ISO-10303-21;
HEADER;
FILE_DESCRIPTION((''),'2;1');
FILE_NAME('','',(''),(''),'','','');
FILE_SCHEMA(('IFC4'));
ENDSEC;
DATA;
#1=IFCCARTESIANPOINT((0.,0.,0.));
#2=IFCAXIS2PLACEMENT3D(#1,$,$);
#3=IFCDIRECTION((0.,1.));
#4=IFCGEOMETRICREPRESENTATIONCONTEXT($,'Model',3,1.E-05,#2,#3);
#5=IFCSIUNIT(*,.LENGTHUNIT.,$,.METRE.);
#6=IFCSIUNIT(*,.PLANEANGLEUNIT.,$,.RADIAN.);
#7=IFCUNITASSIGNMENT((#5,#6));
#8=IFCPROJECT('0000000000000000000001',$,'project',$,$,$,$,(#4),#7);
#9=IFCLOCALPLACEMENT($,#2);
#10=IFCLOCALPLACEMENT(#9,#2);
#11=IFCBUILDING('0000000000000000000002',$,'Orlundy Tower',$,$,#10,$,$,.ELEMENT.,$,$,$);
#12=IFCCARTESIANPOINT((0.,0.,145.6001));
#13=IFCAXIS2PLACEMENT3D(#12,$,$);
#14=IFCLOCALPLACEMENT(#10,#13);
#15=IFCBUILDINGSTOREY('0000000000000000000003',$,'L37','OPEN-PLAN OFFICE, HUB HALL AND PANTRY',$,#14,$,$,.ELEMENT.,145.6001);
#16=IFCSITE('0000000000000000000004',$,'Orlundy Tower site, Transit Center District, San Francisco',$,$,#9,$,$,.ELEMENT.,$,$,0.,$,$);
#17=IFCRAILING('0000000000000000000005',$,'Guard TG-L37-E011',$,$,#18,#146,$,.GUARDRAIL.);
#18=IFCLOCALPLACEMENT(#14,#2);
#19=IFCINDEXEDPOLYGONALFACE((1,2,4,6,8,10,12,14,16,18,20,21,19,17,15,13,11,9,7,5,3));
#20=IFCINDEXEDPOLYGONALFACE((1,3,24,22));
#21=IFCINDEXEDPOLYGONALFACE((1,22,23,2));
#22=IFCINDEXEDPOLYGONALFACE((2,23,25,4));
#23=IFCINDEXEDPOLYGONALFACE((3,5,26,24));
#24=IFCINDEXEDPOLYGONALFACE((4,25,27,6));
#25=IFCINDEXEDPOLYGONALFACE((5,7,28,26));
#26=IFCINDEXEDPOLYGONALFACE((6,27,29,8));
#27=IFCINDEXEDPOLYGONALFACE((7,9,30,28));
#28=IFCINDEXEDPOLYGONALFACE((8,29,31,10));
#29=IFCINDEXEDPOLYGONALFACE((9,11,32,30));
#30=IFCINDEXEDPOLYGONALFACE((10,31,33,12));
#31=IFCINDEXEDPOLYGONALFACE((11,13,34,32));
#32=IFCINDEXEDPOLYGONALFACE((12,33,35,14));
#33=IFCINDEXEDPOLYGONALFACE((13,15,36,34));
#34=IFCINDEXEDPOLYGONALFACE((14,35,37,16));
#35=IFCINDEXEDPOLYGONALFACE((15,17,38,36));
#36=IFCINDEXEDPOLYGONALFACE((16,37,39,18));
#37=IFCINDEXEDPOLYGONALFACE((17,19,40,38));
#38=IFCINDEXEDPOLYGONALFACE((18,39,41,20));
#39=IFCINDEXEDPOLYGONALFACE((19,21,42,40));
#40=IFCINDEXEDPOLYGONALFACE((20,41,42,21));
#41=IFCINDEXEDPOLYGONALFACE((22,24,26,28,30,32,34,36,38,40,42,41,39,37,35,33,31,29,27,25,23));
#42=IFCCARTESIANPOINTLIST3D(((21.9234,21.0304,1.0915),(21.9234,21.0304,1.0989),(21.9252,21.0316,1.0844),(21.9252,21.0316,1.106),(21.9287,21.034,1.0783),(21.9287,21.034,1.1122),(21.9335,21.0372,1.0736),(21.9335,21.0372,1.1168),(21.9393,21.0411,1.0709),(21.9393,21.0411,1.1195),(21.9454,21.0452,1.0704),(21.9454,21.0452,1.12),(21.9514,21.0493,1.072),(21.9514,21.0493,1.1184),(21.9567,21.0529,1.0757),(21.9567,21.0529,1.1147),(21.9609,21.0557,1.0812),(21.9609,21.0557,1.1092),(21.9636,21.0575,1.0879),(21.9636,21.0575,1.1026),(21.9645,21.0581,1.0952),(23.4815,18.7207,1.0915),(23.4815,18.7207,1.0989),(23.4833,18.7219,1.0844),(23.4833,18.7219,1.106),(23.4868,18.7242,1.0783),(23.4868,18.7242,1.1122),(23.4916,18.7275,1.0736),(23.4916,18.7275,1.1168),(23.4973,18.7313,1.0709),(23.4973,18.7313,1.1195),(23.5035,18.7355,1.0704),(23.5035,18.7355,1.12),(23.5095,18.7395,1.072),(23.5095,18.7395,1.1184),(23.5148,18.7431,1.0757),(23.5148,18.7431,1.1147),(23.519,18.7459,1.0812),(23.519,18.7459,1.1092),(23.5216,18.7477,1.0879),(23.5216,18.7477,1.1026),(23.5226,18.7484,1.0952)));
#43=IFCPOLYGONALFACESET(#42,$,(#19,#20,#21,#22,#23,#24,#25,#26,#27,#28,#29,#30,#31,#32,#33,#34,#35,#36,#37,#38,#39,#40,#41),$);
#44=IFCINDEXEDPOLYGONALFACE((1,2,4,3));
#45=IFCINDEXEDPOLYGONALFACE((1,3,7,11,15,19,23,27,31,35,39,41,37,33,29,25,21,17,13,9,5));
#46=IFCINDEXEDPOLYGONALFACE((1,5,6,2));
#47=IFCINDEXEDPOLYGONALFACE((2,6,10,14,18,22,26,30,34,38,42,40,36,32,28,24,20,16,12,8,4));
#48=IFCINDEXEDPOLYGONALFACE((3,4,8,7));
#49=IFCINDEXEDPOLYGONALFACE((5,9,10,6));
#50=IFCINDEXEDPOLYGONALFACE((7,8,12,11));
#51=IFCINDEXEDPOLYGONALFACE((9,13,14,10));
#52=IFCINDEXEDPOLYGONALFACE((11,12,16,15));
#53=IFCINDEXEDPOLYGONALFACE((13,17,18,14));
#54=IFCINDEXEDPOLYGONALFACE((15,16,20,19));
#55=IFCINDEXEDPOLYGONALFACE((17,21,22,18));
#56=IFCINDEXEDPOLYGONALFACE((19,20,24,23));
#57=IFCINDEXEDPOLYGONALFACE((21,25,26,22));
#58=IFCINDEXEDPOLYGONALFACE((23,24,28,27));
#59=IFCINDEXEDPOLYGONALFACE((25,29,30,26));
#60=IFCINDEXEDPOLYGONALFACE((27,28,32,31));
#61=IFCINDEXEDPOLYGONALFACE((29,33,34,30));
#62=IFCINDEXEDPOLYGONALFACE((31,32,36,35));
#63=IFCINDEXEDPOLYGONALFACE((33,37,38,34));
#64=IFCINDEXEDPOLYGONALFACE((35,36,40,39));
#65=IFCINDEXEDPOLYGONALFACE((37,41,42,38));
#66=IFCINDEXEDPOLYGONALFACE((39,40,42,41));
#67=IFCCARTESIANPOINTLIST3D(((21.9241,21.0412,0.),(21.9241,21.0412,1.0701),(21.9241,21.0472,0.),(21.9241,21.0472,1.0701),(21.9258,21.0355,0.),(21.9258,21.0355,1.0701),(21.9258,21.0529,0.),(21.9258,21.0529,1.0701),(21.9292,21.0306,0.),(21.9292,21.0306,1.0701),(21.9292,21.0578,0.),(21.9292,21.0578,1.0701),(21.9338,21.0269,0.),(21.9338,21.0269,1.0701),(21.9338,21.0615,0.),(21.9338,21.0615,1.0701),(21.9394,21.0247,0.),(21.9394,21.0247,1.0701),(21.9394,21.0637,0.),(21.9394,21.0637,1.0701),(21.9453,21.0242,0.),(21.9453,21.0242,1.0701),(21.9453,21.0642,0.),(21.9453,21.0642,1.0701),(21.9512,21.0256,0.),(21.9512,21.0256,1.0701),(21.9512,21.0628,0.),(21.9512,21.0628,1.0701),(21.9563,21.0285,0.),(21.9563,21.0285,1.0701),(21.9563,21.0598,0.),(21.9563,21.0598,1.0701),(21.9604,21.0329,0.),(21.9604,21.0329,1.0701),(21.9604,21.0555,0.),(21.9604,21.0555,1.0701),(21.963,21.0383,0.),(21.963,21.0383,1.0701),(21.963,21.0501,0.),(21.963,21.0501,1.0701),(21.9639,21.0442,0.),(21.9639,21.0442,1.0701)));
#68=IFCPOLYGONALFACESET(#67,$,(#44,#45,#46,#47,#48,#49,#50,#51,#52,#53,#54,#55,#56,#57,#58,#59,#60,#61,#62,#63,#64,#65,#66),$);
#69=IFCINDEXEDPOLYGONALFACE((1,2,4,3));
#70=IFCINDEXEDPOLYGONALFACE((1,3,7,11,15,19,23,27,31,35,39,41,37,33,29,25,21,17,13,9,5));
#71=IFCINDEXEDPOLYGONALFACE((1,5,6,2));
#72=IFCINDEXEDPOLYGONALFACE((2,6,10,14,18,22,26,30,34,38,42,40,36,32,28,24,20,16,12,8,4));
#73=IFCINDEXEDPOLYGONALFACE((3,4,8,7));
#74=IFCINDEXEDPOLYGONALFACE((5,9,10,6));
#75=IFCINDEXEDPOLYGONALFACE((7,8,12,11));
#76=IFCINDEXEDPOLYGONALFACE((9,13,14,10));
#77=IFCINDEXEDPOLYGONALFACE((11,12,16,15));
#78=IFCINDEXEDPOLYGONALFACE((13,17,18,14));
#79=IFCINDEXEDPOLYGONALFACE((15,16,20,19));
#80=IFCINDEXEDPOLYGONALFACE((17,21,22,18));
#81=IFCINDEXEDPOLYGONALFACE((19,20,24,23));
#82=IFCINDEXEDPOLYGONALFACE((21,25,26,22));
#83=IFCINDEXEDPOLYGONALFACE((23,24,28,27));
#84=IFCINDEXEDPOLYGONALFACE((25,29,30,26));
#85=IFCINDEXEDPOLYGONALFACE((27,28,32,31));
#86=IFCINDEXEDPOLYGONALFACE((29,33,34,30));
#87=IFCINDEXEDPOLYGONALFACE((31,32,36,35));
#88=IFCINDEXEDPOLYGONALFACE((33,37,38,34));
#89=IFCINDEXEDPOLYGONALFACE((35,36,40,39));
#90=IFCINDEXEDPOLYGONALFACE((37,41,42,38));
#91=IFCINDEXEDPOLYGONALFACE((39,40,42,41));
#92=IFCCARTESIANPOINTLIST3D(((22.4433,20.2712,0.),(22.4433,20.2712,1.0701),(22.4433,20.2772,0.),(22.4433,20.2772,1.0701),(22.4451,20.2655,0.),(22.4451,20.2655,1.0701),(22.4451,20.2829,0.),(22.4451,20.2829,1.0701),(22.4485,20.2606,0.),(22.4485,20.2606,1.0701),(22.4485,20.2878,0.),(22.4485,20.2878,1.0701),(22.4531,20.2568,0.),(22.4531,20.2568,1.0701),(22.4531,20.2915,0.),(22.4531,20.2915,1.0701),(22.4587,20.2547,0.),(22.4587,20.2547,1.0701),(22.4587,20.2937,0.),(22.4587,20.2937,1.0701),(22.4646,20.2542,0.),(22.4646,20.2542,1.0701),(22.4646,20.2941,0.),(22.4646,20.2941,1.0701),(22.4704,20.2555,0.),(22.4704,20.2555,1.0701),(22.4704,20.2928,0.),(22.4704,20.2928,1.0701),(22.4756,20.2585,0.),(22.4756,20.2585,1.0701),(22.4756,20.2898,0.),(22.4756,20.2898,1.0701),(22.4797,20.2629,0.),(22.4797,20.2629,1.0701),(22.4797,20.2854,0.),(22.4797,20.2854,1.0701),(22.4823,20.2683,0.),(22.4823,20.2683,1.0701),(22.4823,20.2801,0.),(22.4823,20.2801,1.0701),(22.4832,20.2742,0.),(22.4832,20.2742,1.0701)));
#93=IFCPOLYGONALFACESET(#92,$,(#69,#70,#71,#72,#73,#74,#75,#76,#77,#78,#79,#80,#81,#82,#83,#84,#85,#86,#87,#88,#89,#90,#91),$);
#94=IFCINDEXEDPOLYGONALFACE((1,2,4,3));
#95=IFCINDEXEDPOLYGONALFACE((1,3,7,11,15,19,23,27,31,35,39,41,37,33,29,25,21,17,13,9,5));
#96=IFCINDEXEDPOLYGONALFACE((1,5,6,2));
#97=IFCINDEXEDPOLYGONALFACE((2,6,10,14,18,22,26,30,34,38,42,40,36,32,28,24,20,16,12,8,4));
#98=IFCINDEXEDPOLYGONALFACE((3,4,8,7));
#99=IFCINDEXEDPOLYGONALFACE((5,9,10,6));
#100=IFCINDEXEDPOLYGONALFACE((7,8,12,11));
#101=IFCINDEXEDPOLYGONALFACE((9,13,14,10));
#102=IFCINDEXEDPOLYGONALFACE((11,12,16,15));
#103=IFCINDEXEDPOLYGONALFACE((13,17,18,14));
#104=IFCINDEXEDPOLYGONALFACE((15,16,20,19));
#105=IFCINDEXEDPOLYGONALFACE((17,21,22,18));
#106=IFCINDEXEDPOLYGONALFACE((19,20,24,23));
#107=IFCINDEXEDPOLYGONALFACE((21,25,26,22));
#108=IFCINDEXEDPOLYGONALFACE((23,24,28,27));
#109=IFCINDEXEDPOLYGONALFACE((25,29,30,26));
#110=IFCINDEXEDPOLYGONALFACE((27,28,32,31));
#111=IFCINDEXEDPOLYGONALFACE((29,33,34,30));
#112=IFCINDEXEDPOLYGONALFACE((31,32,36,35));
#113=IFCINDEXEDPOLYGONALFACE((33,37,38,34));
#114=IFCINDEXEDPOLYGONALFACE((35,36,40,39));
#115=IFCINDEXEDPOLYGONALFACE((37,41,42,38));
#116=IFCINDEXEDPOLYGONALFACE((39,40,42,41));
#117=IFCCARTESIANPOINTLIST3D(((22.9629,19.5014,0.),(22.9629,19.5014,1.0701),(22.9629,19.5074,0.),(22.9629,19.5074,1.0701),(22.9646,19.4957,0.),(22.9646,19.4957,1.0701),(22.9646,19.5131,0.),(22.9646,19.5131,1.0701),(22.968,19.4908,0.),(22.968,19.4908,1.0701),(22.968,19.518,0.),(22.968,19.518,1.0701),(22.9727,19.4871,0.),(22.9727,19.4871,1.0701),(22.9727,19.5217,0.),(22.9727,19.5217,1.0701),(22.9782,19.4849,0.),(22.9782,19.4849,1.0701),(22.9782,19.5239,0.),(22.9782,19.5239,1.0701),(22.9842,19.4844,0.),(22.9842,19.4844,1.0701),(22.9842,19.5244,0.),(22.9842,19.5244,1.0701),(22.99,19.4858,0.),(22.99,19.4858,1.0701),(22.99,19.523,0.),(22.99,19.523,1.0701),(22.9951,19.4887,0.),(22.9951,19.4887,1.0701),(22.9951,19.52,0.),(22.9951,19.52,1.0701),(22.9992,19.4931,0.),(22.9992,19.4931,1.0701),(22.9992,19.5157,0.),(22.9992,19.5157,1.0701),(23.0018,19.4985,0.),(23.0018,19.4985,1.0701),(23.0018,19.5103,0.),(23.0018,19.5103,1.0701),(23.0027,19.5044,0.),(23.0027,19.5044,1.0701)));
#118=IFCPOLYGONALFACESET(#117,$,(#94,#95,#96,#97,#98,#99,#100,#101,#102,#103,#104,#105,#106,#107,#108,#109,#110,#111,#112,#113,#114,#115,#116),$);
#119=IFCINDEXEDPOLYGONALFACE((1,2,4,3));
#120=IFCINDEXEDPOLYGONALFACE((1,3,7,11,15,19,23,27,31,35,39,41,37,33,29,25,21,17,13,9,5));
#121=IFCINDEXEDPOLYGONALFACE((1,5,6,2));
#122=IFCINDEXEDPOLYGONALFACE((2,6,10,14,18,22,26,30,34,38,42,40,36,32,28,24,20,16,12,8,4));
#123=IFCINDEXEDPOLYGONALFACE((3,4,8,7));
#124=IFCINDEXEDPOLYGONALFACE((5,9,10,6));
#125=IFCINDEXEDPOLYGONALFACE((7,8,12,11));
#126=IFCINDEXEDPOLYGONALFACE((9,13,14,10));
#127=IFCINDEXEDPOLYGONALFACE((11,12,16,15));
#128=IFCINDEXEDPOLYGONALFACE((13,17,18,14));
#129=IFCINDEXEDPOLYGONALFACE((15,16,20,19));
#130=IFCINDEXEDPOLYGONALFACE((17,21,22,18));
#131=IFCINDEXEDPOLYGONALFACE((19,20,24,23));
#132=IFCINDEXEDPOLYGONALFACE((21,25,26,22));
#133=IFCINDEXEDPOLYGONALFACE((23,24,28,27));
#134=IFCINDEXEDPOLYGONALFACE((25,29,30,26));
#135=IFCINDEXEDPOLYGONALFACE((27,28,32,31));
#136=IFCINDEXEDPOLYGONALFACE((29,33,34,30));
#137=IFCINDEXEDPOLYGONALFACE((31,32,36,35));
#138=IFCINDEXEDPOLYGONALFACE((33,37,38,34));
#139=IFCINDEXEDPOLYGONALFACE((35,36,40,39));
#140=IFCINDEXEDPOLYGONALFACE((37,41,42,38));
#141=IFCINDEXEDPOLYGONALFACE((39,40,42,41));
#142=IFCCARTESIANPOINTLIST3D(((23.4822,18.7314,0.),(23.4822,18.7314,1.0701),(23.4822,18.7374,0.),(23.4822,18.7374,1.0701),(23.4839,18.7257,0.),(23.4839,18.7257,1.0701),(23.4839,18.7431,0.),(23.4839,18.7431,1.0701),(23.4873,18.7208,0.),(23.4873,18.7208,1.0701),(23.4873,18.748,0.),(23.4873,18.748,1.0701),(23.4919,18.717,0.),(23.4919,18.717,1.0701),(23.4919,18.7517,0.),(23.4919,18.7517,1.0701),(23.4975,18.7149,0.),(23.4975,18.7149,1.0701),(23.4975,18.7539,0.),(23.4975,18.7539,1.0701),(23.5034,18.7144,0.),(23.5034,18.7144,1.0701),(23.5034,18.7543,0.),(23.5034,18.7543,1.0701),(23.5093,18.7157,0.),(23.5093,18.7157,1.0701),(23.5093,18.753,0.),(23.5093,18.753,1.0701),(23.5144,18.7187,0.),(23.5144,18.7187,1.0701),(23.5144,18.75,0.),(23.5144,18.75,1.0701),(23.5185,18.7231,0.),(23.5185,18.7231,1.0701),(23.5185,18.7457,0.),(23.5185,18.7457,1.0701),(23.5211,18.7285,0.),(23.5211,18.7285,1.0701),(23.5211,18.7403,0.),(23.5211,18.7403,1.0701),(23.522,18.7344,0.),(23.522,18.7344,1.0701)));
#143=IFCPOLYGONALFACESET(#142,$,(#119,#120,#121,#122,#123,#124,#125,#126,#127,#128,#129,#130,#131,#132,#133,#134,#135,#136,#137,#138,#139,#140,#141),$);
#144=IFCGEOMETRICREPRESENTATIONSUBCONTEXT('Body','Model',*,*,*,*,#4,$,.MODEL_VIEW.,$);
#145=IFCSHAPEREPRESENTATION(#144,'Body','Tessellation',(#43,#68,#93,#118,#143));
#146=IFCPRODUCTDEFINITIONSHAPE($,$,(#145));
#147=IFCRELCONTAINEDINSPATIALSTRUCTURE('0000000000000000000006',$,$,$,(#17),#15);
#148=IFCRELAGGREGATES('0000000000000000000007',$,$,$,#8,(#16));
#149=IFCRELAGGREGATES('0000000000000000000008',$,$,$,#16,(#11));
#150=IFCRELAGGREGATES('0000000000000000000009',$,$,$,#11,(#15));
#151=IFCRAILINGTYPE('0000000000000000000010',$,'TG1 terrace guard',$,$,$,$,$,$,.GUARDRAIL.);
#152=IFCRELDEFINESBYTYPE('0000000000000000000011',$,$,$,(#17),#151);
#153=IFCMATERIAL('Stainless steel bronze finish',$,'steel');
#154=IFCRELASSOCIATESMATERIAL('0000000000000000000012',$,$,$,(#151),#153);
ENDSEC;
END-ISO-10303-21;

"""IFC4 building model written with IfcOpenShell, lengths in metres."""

from ifc_helpers import new_model, si_unit, direction, frame, origin, origin_2d, place, context, subcontext, project, spatial, circle, extrude, material, type_object, element, save


model = new_model("IFC4")

# Units and contexts
model_context = context("Model", 3, precision=1e-05, world=origin(), true_north=direction((0.0, 1.0)))
body_context = subcontext(model_context, "Body", "Model", "MODEL_VIEW")
ifc_project = project(units=[si_unit("LENGTHUNIT", "METRE"), si_unit("PLANEANGLEUNIT", "RADIAN")], contexts=[model_context])

# Site, building, storey
site_placement = place(None, origin())
site = spatial("IfcSite", under=ifc_project, at=site_placement, Name="Orlundy Tower site, Transit Center District, San Francisco", CompositionType="ELEMENT", RefElevation=0.0)
building_placement = place(site_placement, origin())
building = spatial("IfcBuilding", under=site, at=building_placement, Name="Orlundy Tower", CompositionType="ELEMENT")
storey_placement = place(building_placement, frame((0.0, 0.0, 145.6001)))
storey = spatial("IfcBuildingStorey", under=building, at=storey_placement, Name="L37", Description="OPEN-PLAN OFFICE, HUB HALL AND PANTRY", CompositionType="ELEMENT", Elevation=145.6001)

# Railing
ifc_material_1 = material(Name="Stainless steel bronze finish", Category="steel")
railing_type = type_object("IfcRailingType", Name="TG1 terrace guard", PredefinedType="GUARDRAIL", material=ifc_material_1)
railing_1_placement = place(storey_placement, frame((21.9438, 21.0442, 0.0)))
element("IfcRailing", 1, at=railing_1_placement, inside=storey, type_object=railing_type, Name="Guard TG-L37-E011", PredefinedType="GUARDRAIL", context=body_context, shape_type="SweptSolid", body=[
    extrude(circle(Radius=0.0249, at=origin_2d()), frame((0.0, 0.0, 1.0952), z_axis=(0.559222, -0.829018, 0.0), x_axis=(0.829018, 0.559222, 0.0)), (0.0, 0.0, 1.0), 2.7861),
    extrude(circle(Radius=0.02, at=origin_2d()), origin(), (0.0, 0.0, 1.0), 1.0701),
    extrude(circle(Radius=0.02, at=origin_2d()), frame((0.5193, -0.77, 0.0)), (0.0, 0.0, 1.0), 1.0701),
    extrude(circle(Radius=0.02, at=origin_2d()), frame((1.0388, -1.5398, 0.0)), (0.0, 0.0, 1.0), 1.0701),
    extrude(circle(Radius=0.02, at=origin_2d()), frame((1.5581, -2.3098, 0.0)), (0.0, 0.0, 1.0), 1.0701),
])

save(model, "model.ifc")
